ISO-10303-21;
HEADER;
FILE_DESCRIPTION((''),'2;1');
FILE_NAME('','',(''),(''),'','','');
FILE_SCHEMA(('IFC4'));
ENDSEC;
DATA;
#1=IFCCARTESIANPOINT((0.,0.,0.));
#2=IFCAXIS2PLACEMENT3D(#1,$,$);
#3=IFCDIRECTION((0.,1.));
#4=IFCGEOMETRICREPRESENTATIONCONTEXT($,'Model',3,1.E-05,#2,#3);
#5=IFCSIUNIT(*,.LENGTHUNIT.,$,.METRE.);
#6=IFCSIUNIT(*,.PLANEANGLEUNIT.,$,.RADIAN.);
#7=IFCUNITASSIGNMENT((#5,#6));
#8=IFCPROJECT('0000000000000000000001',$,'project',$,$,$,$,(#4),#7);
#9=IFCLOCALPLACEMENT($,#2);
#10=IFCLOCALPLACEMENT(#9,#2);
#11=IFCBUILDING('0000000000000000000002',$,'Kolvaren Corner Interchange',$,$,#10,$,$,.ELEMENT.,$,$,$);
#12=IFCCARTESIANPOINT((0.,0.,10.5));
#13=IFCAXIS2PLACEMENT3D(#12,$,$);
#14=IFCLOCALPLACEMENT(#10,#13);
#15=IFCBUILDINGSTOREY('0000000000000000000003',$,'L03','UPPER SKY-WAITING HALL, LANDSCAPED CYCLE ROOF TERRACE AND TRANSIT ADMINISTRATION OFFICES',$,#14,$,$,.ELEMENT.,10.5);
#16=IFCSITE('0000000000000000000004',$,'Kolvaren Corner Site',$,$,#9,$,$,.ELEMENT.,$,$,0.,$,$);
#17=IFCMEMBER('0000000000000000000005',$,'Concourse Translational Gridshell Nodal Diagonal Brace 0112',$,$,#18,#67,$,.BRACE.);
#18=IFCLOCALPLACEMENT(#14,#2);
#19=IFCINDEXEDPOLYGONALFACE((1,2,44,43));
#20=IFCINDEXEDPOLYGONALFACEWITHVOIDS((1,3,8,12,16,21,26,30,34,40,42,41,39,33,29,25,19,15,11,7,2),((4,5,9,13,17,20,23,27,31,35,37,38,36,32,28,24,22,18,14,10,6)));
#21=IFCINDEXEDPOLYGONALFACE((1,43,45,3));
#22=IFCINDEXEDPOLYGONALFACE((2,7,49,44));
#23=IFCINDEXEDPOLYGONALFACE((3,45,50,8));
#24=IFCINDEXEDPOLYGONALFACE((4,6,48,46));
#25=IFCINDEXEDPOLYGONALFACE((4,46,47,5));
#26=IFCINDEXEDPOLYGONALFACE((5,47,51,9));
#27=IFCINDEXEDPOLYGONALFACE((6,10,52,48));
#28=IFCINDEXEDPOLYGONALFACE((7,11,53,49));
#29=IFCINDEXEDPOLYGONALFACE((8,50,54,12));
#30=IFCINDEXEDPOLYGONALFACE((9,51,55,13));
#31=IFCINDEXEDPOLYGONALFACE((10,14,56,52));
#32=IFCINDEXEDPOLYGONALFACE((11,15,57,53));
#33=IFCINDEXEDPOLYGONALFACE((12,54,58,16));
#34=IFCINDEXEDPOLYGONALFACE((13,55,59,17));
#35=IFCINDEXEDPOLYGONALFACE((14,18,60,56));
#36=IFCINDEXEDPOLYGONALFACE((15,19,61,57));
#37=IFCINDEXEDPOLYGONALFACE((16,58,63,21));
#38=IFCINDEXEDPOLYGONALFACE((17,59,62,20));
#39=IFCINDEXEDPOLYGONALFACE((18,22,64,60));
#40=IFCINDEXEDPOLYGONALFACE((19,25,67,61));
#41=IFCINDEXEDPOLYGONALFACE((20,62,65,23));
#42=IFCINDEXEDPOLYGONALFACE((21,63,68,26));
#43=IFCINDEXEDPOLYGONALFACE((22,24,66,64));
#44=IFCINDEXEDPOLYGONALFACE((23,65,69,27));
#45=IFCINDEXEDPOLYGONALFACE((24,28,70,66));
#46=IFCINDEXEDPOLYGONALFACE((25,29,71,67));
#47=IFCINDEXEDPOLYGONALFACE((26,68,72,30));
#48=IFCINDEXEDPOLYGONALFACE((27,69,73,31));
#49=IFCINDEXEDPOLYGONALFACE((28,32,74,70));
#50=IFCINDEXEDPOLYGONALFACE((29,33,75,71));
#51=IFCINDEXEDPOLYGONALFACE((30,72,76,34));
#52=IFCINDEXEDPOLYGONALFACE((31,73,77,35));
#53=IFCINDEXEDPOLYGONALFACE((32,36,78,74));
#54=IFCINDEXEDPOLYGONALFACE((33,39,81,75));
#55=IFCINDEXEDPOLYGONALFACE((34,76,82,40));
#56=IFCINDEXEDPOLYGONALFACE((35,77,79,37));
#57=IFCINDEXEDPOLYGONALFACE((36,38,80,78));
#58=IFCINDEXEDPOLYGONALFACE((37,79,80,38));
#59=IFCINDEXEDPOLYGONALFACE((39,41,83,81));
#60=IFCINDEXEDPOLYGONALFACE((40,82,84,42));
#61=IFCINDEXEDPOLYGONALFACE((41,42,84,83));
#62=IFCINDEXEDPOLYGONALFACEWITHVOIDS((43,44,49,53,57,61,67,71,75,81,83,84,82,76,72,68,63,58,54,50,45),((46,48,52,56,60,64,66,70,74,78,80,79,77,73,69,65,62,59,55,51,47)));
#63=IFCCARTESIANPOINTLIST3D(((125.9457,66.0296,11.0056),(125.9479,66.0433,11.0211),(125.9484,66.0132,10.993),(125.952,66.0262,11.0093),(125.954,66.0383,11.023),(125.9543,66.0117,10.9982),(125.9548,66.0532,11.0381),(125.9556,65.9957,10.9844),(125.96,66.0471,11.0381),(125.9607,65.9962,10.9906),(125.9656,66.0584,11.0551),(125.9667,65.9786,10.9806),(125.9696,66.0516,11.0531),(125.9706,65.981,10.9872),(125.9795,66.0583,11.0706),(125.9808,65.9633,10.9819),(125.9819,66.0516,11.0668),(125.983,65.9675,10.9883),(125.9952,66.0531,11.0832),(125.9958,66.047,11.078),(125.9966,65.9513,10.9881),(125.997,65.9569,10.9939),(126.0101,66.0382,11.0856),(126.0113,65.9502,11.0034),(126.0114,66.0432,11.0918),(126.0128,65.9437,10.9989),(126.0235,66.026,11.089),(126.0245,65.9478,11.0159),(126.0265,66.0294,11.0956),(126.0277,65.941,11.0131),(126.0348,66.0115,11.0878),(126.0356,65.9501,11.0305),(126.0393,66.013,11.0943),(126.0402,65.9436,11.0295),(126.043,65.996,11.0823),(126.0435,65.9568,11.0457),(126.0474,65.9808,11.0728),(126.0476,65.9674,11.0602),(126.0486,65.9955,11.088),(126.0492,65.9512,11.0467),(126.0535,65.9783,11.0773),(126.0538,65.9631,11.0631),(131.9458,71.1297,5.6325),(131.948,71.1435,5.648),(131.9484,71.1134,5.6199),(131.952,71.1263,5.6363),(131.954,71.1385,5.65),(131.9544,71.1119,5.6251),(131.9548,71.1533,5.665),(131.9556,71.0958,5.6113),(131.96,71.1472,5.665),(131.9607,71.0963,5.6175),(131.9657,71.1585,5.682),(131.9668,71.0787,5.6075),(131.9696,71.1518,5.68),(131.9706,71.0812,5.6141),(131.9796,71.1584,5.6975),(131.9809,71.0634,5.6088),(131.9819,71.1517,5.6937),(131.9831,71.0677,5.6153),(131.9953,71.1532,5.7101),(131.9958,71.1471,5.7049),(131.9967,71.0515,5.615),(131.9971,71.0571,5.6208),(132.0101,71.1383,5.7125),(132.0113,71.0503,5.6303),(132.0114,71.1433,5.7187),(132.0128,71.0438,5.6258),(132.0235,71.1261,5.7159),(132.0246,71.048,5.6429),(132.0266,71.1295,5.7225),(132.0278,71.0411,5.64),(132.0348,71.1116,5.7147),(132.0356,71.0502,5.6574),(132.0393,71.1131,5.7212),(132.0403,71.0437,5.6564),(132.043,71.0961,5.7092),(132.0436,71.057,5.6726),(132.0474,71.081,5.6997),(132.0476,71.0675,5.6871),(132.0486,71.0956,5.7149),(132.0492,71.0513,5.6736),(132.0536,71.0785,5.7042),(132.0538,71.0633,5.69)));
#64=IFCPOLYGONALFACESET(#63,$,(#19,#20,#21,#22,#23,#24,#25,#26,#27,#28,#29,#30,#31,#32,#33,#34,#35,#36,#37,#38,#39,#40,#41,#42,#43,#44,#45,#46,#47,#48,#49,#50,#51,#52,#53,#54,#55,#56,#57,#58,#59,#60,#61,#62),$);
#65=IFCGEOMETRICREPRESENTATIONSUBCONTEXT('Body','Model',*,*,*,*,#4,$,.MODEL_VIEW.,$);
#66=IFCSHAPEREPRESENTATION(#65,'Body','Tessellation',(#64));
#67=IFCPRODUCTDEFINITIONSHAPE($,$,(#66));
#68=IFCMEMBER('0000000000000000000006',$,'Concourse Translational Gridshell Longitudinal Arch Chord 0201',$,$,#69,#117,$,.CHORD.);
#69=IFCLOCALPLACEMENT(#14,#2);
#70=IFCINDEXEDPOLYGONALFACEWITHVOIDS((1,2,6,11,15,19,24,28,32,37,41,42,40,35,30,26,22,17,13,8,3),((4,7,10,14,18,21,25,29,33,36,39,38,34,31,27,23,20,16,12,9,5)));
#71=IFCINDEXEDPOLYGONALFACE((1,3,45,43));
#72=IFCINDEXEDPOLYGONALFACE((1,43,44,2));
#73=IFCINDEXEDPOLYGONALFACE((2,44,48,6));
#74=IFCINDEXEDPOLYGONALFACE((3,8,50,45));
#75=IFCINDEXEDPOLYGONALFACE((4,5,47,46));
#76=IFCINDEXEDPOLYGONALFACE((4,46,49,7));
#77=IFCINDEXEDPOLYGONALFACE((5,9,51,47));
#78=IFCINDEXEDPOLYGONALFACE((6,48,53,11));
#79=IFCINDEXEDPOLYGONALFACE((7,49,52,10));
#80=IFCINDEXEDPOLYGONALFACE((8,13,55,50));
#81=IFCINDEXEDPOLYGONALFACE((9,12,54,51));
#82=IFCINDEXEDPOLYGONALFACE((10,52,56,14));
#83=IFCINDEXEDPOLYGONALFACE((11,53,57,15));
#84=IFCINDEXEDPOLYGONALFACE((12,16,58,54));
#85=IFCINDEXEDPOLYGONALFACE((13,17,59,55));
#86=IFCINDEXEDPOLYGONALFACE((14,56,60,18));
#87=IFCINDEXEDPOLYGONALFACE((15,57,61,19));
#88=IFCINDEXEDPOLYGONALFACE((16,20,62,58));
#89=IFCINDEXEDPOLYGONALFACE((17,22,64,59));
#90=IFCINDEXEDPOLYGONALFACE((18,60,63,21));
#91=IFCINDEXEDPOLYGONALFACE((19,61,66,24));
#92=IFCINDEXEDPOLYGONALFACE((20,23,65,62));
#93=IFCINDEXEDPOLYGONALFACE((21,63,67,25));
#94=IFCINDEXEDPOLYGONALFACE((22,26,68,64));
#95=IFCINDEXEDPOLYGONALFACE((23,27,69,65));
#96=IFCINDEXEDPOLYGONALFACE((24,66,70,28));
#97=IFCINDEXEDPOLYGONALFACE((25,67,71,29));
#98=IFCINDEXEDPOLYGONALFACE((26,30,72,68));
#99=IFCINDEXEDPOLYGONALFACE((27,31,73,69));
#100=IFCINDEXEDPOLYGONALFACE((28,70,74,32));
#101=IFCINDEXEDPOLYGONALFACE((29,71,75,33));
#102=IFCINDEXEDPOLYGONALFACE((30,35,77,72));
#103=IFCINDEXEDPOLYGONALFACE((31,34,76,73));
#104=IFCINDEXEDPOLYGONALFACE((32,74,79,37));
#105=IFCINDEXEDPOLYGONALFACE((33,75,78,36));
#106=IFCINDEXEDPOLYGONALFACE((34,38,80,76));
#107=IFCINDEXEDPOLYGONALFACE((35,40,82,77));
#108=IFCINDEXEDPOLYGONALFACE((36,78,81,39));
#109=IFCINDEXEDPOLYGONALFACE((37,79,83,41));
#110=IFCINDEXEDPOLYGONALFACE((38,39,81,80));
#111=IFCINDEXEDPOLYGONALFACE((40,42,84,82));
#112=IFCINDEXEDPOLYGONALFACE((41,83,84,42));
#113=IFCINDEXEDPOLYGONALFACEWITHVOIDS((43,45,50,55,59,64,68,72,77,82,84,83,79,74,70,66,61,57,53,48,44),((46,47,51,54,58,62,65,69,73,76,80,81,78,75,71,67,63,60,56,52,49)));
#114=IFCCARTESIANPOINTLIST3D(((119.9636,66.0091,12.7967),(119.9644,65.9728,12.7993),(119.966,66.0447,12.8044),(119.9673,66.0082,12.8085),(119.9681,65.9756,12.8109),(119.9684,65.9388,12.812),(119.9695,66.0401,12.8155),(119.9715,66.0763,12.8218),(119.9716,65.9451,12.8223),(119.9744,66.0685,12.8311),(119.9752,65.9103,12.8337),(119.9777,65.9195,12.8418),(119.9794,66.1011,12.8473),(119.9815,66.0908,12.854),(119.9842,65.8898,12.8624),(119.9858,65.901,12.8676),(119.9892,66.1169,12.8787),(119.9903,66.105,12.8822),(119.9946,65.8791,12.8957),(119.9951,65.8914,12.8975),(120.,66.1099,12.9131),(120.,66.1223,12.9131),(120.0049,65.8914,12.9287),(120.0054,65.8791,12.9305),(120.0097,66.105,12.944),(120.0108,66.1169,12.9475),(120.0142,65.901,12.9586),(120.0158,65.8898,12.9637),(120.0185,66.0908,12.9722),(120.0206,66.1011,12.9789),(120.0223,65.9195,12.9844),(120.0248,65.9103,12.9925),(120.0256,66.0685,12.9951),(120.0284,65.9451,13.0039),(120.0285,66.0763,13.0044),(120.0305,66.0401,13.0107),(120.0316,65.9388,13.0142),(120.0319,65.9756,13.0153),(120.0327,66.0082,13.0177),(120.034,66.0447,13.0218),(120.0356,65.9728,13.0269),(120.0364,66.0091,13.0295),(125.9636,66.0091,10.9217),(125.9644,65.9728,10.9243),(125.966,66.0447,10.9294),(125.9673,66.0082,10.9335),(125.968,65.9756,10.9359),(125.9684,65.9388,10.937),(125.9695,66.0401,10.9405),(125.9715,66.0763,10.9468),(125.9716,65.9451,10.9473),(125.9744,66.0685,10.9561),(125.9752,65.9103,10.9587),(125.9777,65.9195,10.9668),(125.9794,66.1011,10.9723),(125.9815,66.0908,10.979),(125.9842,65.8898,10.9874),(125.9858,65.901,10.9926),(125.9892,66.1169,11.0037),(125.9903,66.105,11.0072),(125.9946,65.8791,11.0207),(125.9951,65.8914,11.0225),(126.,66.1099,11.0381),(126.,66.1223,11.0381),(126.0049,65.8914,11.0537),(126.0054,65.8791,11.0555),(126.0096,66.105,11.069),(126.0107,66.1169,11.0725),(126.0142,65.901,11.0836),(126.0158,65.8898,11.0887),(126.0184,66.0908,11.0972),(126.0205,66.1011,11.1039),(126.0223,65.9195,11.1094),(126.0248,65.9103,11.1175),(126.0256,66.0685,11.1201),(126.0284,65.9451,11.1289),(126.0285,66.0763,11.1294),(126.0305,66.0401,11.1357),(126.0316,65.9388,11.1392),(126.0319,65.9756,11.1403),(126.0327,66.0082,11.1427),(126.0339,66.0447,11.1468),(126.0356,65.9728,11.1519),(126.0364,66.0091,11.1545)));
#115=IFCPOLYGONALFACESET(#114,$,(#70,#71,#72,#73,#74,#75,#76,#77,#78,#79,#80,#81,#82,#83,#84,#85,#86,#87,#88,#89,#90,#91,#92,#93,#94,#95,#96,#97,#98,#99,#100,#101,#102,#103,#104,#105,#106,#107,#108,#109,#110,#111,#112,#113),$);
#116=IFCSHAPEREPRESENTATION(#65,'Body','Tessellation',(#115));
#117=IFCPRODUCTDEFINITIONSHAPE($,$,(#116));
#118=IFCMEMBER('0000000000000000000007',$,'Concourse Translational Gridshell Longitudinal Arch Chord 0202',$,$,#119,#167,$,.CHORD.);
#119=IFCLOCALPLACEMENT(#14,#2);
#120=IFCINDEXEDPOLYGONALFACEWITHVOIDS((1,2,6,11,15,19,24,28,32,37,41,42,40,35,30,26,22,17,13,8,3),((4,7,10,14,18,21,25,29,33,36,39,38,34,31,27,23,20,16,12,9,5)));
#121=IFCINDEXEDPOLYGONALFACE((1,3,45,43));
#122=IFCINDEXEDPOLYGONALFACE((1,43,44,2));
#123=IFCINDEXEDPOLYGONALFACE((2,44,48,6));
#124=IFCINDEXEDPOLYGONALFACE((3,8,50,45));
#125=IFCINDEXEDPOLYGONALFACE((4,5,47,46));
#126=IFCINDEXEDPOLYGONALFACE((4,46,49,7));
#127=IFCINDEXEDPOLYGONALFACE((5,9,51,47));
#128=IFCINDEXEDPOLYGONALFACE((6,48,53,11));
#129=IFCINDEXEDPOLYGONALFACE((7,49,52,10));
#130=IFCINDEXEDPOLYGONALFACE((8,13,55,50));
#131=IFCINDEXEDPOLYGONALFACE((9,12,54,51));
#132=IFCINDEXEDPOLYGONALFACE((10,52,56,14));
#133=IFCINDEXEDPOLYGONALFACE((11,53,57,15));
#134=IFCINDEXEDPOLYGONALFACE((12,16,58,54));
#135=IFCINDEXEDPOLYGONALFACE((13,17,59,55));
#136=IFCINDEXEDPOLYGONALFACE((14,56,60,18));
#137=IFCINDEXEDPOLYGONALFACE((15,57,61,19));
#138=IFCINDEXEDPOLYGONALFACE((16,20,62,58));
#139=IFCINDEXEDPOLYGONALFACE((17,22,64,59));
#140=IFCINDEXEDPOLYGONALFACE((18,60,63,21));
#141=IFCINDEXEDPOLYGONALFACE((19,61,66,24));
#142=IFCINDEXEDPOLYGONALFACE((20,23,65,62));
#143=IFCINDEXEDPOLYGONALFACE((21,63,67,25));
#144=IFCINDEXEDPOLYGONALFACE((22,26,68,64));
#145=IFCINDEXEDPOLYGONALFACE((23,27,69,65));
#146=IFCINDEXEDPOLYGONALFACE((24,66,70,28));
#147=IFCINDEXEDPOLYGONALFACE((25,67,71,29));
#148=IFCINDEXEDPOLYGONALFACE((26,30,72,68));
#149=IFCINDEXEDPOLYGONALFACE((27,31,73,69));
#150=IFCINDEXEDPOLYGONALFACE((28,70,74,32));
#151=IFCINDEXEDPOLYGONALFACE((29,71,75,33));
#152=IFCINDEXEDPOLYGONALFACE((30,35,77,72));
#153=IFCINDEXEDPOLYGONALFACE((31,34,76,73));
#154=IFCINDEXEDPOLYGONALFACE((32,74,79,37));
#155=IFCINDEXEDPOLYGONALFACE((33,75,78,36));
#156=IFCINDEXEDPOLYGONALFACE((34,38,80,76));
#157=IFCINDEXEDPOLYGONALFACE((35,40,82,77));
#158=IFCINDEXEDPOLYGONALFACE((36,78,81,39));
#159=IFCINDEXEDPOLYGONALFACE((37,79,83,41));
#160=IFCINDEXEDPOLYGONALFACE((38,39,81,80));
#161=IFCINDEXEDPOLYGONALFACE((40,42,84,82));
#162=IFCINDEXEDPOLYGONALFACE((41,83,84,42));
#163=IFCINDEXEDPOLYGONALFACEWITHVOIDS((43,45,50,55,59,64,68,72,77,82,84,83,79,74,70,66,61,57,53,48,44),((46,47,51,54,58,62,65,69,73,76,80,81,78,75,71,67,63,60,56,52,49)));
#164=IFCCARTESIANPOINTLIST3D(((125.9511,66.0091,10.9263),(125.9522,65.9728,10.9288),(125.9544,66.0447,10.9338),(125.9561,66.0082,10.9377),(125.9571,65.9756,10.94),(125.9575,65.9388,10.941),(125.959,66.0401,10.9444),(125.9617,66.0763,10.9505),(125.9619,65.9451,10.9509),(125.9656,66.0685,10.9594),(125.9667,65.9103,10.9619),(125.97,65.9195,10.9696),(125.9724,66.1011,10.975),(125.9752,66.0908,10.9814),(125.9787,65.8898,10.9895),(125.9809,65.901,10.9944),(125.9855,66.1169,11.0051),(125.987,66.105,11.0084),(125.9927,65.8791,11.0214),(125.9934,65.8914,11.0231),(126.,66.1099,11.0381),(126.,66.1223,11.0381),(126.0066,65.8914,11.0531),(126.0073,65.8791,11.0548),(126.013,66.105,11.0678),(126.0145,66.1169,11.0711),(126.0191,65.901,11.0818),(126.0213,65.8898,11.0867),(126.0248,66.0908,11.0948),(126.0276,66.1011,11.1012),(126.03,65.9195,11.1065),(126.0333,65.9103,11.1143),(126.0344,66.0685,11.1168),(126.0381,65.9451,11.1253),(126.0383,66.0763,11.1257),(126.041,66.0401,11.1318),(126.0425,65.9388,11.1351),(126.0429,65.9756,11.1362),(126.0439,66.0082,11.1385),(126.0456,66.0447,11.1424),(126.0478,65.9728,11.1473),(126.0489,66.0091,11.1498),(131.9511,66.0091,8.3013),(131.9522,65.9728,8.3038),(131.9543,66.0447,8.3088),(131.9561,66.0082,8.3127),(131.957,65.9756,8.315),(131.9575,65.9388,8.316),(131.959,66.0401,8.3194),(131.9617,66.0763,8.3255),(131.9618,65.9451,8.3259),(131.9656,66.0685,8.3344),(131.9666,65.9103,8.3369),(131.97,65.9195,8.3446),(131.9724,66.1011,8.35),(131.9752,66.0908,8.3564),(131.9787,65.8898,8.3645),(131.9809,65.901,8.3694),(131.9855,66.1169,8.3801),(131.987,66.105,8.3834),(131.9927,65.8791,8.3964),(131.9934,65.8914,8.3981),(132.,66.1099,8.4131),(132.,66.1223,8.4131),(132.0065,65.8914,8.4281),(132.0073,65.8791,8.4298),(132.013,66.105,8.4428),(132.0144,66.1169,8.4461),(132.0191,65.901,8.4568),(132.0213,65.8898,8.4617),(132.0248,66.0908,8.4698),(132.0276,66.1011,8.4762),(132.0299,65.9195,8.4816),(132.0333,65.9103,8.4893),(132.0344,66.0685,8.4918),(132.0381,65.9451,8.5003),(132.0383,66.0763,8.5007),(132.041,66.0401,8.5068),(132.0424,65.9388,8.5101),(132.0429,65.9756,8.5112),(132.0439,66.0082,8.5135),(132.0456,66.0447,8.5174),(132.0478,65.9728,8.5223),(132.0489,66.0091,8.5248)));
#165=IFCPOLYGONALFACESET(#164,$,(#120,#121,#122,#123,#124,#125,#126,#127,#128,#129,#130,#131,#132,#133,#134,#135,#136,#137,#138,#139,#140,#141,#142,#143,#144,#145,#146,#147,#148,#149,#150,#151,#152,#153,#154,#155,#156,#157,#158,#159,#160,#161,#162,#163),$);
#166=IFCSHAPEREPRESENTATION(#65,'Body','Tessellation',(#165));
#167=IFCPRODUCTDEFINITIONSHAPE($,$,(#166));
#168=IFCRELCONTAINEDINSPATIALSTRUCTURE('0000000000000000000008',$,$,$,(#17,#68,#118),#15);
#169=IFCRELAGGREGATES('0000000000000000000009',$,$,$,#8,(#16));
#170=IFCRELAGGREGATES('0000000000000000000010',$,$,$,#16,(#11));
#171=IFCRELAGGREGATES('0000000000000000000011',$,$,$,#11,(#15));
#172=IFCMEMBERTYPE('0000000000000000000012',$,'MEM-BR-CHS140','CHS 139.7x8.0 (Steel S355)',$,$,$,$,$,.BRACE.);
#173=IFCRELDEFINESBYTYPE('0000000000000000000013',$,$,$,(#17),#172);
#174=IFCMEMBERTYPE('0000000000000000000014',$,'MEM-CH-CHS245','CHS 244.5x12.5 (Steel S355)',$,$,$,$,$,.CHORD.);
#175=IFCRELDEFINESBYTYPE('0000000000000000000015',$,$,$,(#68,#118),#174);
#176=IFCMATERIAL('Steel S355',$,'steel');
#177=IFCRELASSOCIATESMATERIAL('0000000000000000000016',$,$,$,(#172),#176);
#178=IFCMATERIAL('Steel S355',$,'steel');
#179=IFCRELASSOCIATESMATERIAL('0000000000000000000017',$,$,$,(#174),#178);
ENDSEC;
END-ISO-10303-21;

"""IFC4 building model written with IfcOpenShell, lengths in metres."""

from ifc_helpers import new_model, si_unit, direction, frame, origin, origin_2d, place, context, subcontext, project, spatial, hollow_circle, extrude, material, material_profile, profile_set, type_object, element, save


model = new_model("IFC4")

# Units and contexts
model_context = context("Model", 3, precision=1e-05, world=origin(), true_north=direction((0.0, 1.0)))
body_context = subcontext(model_context, "Body", "Model", "MODEL_VIEW")
ifc_project = project(units=[si_unit("LENGTHUNIT", "METRE"), si_unit("PLANEANGLEUNIT", "RADIAN")], contexts=[model_context])

# Site, building, storey
site_placement = place(None, origin())
site = spatial("IfcSite", under=ifc_project, at=site_placement, Name="Kolvaren Corner Site", CompositionType="ELEMENT", RefElevation=0.0)
building_placement = place(site_placement, origin())
building = spatial("IfcBuilding", under=site, at=building_placement, Name="Kolvaren Corner Interchange", CompositionType="ELEMENT")
storey_placement = place(building_placement, frame((0.0, 0.0, 10.5)))
storey = spatial("IfcBuildingStorey", under=building, at=storey_placement, Name="L03", Description="UPPER SKY-WAITING HALL, LANDSCAPED CYCLE ROOF TERRACE AND TRANSIT ADMINISTRATION OFFICES", CompositionType="ELEMENT", Elevation=10.5)

# Members
ifc_material_1 = material(Name="Steel S355", Category="steel")
ifc_material_profile_1 = material_profile(ifc_material_1, hollow_circle(Radius=0.0698, WallThickness=0.0081, at=origin_2d()), Name="CHS 139.7x8.0")
ifc_profile_set_1 = profile_set([ifc_material_profile_1], Name="Steel S355")
member_type_1 = type_object("IfcMemberType", Name="MEM-BR-CHS140", Description="CHS 139.7x8.0 (Steel S355)", PredefinedType="BRACE", material=ifc_profile_set_1)
member_1_placement = place(storey_placement, frame((126.0, 66.0, 11.0381), z_axis=(0.629384, 0.534987, -0.563618), x_axis=(-0.647656, 0.761933, 0.0)))
element("IfcMember", 1, at=member_1_placement, inside=storey, type_object=member_type_1, Name="Concourse Translational Gridshell Nodal Diagonal Brace 0112", PredefinedType="BRACE", context=body_context, shape_type="SweptSolid", body=[
    extrude(hollow_circle(Radius=0.0698, WallThickness=0.0081, at=origin_2d()), origin(), (0.0, 0.0, 1.0), 9.5332),
])
ifc_material_2 = material(Name="Steel S355", Category="steel")
ifc_material_profile_2 = material_profile(ifc_material_2, hollow_circle(Radius=0.1223, WallThickness=0.0125, at=origin_2d()), Name="CHS 244.5x12.5")
ifc_profile_set_2 = profile_set([ifc_material_profile_2], Name="Steel S355")
member_type_2 = type_object("IfcMemberType", Name="MEM-CH-CHS245", Description="CHS 244.5x12.5 (Steel S355)", PredefinedType="CHORD", material=ifc_profile_set_2)
member_2_placement = place(storey_placement, frame((120.0, 66.0, 12.9131), z_axis=(0.95448, 0.0, -0.298275), x_axis=(0.0, 1.0, 0.0)))
element("IfcMember", 2, at=member_2_placement, inside=storey, type_object=member_type_2, Name="Concourse Translational Gridshell Longitudinal Arch Chord 0201", PredefinedType="CHORD", context=body_context, shape_type="SweptSolid", body=[
    extrude(hollow_circle(Radius=0.1223, WallThickness=0.0125, at=origin_2d()), origin(), (0.0, 0.0, 1.0), 6.2861),
])
member_3_placement = place(storey_placement, frame((126.0, 66.0, 11.0381), z_axis=(0.916157, 0.0, -0.400819), x_axis=(0.0, 1.0, 0.0)))
element("IfcMember", 3, at=member_3_placement, inside=storey, type_object=member_type_2, Name="Concourse Translational Gridshell Longitudinal Arch Chord 0202", PredefinedType="CHORD", context=body_context, shape_type="SweptSolid", body=[
    extrude(hollow_circle(Radius=0.1223, WallThickness=0.0125, at=origin_2d()), origin(), (0.0, 0.0, 1.0), 6.5491),
])

save(model, "model.ifc")
